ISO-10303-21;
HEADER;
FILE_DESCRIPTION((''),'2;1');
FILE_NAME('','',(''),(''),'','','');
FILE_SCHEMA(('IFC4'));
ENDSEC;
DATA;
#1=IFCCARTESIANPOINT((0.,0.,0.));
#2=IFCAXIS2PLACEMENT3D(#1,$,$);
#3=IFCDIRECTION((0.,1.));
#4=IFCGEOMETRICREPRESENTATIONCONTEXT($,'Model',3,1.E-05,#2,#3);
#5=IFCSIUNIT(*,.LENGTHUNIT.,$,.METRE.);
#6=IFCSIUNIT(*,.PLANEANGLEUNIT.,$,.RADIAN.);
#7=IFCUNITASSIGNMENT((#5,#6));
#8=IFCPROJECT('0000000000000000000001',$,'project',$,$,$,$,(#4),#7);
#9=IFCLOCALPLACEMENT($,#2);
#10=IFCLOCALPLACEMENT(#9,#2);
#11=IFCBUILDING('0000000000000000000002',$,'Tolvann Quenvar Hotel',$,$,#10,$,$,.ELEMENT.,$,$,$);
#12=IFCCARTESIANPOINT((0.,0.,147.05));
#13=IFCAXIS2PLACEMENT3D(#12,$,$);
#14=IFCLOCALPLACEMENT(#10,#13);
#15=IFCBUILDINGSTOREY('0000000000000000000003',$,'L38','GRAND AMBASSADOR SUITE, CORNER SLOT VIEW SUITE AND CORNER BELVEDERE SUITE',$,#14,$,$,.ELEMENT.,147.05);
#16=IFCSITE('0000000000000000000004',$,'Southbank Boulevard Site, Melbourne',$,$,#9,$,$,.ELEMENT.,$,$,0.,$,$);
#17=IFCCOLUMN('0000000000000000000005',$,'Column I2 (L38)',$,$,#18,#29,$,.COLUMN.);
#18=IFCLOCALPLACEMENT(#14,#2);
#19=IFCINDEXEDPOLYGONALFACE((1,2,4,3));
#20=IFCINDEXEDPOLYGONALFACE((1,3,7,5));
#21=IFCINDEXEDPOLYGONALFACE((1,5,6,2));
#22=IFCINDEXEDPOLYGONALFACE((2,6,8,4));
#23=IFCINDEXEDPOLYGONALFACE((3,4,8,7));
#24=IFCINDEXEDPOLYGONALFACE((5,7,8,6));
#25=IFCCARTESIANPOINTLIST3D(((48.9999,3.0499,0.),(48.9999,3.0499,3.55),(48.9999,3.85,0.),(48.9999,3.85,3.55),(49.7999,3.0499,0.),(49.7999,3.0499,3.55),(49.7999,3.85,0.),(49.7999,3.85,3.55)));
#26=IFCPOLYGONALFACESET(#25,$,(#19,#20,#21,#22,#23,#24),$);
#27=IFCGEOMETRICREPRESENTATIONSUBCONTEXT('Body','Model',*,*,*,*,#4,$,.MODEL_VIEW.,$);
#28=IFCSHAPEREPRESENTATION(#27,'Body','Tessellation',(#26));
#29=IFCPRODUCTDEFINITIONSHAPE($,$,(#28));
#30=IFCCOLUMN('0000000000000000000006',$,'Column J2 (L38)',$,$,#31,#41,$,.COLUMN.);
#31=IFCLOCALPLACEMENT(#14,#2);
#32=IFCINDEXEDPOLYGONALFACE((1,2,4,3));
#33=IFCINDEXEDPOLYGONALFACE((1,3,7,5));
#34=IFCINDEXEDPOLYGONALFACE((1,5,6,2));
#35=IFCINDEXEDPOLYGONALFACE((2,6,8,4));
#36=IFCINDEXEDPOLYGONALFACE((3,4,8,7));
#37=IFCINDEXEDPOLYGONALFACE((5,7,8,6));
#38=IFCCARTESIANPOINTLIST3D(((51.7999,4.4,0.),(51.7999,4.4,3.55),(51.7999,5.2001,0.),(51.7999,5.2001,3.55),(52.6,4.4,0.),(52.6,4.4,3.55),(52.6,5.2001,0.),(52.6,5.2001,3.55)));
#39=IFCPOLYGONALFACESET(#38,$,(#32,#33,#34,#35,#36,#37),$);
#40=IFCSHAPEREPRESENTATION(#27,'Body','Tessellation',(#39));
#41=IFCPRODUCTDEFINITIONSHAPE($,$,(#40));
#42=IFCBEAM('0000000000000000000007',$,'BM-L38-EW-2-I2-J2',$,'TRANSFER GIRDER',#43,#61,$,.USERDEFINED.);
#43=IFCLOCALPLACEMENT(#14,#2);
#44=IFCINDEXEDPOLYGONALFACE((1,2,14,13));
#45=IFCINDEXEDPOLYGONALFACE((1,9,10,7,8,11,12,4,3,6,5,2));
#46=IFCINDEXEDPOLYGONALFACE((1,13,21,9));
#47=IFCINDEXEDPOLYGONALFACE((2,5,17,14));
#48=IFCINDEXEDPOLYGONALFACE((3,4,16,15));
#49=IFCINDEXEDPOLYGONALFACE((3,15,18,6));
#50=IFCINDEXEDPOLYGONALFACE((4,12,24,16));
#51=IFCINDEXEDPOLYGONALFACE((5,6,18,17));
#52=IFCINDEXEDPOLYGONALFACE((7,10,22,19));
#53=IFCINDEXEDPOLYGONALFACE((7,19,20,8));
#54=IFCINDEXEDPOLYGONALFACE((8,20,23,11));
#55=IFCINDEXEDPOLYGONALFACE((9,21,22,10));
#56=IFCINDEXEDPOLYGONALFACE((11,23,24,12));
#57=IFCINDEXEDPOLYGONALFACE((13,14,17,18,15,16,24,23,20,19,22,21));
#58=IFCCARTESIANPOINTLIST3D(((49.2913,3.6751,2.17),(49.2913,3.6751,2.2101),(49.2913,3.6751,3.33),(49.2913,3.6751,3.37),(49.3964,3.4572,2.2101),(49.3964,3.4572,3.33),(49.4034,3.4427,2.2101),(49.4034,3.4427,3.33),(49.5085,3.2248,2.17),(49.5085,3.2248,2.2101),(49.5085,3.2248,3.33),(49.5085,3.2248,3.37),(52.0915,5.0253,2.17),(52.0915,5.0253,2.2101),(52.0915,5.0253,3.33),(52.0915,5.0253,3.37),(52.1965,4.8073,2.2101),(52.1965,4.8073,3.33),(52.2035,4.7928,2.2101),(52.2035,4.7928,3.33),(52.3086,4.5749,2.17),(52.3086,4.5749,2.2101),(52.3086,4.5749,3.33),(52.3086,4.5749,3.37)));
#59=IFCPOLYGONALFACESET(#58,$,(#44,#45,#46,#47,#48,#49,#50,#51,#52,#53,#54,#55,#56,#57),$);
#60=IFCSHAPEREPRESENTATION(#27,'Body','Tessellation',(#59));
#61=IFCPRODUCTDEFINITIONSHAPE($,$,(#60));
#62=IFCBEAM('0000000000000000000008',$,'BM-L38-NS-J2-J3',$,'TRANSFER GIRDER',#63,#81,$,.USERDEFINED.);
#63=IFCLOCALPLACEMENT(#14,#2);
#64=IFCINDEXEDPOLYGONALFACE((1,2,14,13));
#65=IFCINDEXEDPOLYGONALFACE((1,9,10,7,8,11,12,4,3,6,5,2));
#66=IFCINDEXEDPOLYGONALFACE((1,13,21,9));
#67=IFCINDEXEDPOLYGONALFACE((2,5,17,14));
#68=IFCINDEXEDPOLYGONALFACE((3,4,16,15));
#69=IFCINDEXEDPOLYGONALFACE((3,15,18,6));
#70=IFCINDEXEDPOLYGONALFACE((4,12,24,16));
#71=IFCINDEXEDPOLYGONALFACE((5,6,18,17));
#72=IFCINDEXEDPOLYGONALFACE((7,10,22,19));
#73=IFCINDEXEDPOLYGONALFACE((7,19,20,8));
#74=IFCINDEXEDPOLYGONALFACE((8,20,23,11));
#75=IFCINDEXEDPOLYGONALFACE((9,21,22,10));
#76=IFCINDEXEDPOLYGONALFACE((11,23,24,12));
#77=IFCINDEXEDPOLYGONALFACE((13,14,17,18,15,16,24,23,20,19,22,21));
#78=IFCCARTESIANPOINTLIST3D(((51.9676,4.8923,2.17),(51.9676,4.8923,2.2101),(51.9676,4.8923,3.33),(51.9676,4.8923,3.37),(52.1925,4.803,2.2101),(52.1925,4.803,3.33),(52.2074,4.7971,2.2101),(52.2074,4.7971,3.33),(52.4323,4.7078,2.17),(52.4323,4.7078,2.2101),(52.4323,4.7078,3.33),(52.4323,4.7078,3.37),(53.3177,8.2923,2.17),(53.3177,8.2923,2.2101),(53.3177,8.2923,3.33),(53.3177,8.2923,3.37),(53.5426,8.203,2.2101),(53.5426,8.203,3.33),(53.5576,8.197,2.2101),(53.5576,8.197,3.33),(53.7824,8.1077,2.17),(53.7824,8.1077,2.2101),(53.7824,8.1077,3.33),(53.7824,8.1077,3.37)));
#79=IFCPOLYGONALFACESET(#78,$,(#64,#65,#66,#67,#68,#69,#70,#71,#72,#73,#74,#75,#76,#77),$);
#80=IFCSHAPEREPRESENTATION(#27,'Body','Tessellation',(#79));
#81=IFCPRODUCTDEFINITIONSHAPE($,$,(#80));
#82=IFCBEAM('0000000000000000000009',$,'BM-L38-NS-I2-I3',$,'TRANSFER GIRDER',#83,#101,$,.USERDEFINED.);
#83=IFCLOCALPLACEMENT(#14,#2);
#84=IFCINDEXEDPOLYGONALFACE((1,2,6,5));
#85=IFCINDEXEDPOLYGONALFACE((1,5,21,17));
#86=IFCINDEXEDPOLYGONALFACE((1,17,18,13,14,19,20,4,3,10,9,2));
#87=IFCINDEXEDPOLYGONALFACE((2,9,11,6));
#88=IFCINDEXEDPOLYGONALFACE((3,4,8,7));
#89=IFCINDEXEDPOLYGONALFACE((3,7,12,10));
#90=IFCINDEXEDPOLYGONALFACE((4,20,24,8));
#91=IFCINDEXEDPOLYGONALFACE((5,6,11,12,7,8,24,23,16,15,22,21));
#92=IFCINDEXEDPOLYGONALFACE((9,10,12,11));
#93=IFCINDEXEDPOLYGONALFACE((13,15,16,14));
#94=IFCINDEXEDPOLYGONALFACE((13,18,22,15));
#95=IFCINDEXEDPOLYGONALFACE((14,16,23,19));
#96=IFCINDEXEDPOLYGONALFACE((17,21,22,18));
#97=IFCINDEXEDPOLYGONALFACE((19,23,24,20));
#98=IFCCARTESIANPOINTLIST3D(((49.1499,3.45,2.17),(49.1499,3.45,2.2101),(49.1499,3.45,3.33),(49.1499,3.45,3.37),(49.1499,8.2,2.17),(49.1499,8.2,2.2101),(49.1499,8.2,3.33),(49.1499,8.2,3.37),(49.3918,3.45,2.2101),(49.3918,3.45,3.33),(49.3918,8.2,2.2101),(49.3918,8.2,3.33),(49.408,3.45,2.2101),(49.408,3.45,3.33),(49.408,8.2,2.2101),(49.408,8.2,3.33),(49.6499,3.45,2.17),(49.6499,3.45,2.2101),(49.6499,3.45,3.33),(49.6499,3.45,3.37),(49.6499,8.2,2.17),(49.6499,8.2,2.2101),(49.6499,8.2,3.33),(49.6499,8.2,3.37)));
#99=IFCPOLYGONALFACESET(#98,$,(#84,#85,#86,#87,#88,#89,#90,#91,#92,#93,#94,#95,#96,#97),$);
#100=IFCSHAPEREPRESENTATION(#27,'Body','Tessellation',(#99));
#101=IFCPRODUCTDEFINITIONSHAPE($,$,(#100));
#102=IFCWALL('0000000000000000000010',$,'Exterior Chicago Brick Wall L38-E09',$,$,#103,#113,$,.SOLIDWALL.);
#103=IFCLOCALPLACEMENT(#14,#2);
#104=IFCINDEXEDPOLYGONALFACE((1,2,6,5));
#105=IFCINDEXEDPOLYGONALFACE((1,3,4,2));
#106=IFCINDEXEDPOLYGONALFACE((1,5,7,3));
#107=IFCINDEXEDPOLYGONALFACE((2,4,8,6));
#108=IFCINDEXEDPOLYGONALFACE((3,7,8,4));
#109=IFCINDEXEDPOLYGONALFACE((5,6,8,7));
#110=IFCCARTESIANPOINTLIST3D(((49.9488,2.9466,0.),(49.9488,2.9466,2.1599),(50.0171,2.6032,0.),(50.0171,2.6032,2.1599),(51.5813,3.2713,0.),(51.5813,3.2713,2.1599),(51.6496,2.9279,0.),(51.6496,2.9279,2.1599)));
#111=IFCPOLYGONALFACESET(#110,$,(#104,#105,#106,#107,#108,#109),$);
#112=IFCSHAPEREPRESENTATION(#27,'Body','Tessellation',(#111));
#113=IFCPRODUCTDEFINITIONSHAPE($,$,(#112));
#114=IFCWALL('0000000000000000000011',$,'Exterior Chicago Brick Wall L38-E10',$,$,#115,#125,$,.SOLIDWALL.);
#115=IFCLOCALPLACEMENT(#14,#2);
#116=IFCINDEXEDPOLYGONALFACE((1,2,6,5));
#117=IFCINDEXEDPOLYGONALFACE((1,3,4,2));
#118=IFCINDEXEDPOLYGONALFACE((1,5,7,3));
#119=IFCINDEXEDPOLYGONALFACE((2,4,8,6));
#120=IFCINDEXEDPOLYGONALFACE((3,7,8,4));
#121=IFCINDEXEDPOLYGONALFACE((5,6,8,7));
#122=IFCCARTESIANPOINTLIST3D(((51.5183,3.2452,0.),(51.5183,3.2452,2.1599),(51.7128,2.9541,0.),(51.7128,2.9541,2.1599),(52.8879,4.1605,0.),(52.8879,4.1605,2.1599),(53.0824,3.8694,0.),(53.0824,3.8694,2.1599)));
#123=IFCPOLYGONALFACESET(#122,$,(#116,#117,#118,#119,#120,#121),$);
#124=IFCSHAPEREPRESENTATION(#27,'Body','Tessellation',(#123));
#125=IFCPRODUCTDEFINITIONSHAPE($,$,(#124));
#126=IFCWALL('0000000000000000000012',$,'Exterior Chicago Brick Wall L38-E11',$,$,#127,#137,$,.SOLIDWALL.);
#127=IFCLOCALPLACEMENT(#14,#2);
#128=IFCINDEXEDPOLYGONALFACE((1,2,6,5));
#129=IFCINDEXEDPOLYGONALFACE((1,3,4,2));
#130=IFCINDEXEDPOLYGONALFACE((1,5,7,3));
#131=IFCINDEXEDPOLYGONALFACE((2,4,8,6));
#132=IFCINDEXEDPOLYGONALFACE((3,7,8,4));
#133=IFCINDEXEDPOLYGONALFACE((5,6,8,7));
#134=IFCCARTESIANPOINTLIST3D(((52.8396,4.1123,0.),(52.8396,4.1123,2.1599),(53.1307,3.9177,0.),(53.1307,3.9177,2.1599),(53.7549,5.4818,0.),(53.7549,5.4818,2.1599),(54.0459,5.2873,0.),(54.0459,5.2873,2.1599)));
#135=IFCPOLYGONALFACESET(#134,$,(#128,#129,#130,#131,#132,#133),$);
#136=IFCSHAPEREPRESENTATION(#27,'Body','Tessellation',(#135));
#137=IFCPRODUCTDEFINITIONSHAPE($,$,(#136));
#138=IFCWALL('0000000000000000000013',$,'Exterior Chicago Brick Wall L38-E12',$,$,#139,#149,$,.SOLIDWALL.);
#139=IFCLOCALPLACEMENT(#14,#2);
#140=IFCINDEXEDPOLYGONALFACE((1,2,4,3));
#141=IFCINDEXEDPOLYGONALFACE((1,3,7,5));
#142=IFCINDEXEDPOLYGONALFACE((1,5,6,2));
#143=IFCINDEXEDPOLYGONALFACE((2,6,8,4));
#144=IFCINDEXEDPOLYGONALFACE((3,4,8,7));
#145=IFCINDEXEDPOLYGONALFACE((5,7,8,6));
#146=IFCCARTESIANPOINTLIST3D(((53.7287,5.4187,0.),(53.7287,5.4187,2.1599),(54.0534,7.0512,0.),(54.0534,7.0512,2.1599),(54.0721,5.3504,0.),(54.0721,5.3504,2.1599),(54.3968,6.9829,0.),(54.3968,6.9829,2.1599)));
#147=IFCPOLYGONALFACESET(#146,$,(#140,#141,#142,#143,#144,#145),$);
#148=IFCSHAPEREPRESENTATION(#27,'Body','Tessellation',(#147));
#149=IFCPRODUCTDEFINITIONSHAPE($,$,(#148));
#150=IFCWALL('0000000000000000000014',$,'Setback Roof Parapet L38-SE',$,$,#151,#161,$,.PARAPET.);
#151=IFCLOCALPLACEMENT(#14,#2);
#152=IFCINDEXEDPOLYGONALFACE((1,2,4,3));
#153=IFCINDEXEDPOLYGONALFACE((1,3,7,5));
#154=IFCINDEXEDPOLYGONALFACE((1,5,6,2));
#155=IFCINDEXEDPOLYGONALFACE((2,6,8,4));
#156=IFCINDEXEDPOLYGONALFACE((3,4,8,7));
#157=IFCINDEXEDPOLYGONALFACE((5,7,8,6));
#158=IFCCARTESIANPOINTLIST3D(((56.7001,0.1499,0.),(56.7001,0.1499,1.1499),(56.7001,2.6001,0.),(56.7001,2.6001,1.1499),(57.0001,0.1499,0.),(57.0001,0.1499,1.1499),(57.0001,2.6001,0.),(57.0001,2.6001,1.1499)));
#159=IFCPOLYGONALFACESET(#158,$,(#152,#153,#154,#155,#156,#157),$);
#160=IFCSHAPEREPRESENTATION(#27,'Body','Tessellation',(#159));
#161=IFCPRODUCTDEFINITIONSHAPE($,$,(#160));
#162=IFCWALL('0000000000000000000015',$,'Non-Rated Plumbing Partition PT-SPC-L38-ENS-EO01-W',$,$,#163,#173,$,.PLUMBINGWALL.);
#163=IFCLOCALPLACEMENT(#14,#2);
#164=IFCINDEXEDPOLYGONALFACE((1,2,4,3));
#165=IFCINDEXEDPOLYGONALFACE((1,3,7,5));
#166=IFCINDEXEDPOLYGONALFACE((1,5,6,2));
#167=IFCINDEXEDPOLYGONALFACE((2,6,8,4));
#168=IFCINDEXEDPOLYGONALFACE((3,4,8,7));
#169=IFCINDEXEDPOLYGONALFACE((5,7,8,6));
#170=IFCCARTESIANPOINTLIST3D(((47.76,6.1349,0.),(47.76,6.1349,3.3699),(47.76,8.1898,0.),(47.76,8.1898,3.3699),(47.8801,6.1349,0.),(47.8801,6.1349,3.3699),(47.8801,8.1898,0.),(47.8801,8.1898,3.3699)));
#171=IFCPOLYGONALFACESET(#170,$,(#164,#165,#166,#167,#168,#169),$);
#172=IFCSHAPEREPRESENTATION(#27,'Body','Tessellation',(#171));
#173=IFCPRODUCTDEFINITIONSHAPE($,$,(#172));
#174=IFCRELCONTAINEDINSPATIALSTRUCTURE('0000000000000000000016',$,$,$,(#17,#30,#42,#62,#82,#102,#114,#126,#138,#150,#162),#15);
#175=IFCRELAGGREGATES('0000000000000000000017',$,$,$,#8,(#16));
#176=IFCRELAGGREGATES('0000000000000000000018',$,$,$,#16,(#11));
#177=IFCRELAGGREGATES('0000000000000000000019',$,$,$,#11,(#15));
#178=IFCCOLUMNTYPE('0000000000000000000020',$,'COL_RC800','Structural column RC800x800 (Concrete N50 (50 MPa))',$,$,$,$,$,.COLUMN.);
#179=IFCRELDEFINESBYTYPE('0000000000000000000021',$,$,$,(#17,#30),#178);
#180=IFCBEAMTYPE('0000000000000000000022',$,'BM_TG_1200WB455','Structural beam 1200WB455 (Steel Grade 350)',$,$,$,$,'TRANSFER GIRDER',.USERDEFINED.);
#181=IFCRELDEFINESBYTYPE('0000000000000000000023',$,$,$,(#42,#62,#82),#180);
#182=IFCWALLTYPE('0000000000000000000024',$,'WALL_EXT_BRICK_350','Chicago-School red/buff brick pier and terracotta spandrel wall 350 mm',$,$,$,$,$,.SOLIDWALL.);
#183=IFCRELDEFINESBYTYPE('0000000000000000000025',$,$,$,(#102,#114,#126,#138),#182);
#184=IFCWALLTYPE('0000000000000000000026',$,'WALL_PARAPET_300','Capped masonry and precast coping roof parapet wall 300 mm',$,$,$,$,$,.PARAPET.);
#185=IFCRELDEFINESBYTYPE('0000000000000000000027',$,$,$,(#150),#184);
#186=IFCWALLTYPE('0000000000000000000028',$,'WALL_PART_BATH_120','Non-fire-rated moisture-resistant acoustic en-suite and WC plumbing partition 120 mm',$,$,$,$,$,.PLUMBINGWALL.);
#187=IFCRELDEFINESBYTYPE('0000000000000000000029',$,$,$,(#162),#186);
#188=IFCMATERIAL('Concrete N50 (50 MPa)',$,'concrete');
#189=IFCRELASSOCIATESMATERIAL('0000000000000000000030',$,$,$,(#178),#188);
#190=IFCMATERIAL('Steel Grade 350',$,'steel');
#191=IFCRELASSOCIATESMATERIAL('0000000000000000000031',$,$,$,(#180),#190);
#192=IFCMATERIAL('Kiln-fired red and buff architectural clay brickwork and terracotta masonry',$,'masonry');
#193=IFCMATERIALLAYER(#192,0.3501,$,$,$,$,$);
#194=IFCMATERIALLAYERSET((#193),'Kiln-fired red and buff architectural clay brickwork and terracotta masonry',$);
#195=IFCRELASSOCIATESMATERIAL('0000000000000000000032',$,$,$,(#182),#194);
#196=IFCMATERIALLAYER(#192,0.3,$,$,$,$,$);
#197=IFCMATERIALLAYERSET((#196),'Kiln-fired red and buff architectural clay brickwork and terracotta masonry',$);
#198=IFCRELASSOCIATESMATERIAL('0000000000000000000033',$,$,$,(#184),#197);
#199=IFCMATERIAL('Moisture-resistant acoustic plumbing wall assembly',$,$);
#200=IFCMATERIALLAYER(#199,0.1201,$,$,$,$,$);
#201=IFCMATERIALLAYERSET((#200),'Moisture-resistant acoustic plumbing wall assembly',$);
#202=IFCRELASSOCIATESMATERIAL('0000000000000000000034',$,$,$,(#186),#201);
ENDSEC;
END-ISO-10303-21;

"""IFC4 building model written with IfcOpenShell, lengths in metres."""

from ifc_helpers import new_model, si_unit, direction, frame, frame_2d, origin, origin_2d, place, context, subcontext, project, spatial, rectangle, i_section, extrude, source, transform, mapped, material, layer, layer_set, material_profile, profile_set, type_object, type_shapes, element, save


model = new_model("IFC4")

# Units and contexts
model_context = context("Model", 3, precision=1e-05, world=origin(), true_north=direction((0.0, 1.0)))
body_context = subcontext(model_context, "Body", "Model", "MODEL_VIEW")
ifc_project = project(units=[si_unit("LENGTHUNIT", "METRE"), si_unit("PLANEANGLEUNIT", "RADIAN")], contexts=[model_context])

# Site, building, storey
site_placement = place(None, origin())
site = spatial("IfcSite", under=ifc_project, at=site_placement, Name="Southbank Boulevard Site, Melbourne", CompositionType="ELEMENT", RefElevation=0.0)
building_placement = place(site_placement, origin())
building = spatial("IfcBuilding", under=site, at=building_placement, Name="Tolvann Quenvar Hotel", CompositionType="ELEMENT")
storey_placement = place(building_placement, frame((0.0, 0.0, 147.05)))
storey = spatial("IfcBuildingStorey", under=building, at=storey_placement, Name="L38", Description="GRAND AMBASSADOR SUITE, CORNER SLOT VIEW SUITE AND CORNER BELVEDERE SUITE", CompositionType="ELEMENT", Elevation=147.05)

# Columns
ifc_material_1 = material(Name="Concrete N50 (50 MPa)", Category="concrete")
ifc_material_profile_1 = material_profile(ifc_material_1, rectangle(XDim=0.8, YDim=0.8, at=origin_2d()), Name="RC800x800")
ifc_profile_set_1 = profile_set([ifc_material_profile_1], Name="Concrete N50 (50 MPa)")
column_type = type_object("IfcColumnType", Name="COL_RC800", Description="Structural column RC800x800 (Concrete N50 (50 MPa))", PredefinedType="COLUMN", material=ifc_profile_set_1)
shared_shape_1 = source(origin(), body_context, "Body", "SweptSolid", [
    extrude(rectangle(XDim=0.8, YDim=0.8, at=origin_2d()), origin(), (0.0, 0.0, 1.0), 3.55),
])
type_shapes(column_type, [shared_shape_1])
for number, where, z_axis, x_axis, name in (
    (1, (49.3999, 3.45, 0.0), (0.0, 0.0, 1.0), (1.0, 0.0, 0.0), "Column I2 (L38)"),
    (2, (52.2, 4.8, 0.0), (0.0, 0.0, 1.0), (1.0, 0.0, 0.0), "Column J2 (L38)"),
):
    element("IfcColumn", number, at=place(storey_placement, frame(where, z_axis=z_axis, x_axis=x_axis)), inside=storey, type_object=column_type, Name=name, PredefinedType="COLUMN", context=body_context, shape_type="MappedRepresentation", body=[
        mapped(shared_shape_1, transform((0.0, 0.0, 0.0), x_axis=(1.0, 0.0, 0.0), y_axis=(0.0, 1.0, 0.0), z_axis=(0.0, 0.0, 1.0), scale=1.0)),
    ])

# Beams
ifc_material_2 = material(Name="Steel Grade 350", Category="steel")
ifc_material_profile_2 = material_profile(ifc_material_2, i_section(OverallWidth=0.5, OverallDepth=1.2, WebThickness=0.0161, FlangeThickness=0.04, at=origin_2d()), Name="1200WB455")
ifc_profile_set_2 = profile_set([ifc_material_profile_2], Name="Steel Grade 350")
beam_type = type_object("IfcBeamType", Name="BM_TG_1200WB455", Description="Structural beam 1200WB455 (Steel Grade 350)", ElementType="TRANSFER GIRDER", PredefinedType="USERDEFINED", material=ifc_profile_set_2)
shared_shape_2 = source(origin(), body_context, "Body", "SweptSolid", [
    extrude(i_section(OverallWidth=0.5, OverallDepth=1.2, WebThickness=0.0161, FlangeThickness=0.04, at=origin_2d()), origin(), (0.0, 0.0, 1.0), 3.1086),
])
beam_1_placement = place(storey_placement, frame((49.3999, 3.45, 2.77), z_axis=(0.900759, 0.434319, 0.0), x_axis=(-0.434319, 0.900759, 0.0)))
element("IfcBeam", 3, at=beam_1_placement, inside=storey, type_object=beam_type, Name="BM-L38-EW-2-I2-J2", ObjectType="TRANSFER GIRDER", PredefinedType="USERDEFINED", context=body_context, shape_type="MappedRepresentation", body=[
    mapped(shared_shape_2, transform((0.0, 0.0, 0.0), x_axis=(1.0, 0.0, 0.0), y_axis=(0.0, 1.0, 0.0), z_axis=(0.0, 0.0, 1.0), scale=1.0)),
])
shared_shape_3 = source(origin(), body_context, "Body", "SweptSolid", [
    extrude(i_section(OverallWidth=0.5, OverallDepth=1.2, WebThickness=0.0161, FlangeThickness=0.04, at=origin_2d()), origin(), (0.0, 0.0, 1.0), 3.6582),
])
beam_2_placement = place(storey_placement, frame((52.2, 4.8, 2.77), z_axis=(0.369065, 0.929404, 0.0), x_axis=(-0.929404, 0.369065, 0.0)))
element("IfcBeam", 4, at=beam_2_placement, inside=storey, type_object=beam_type, Name="BM-L38-NS-J2-J3", ObjectType="TRANSFER GIRDER", PredefinedType="USERDEFINED", context=body_context, shape_type="MappedRepresentation", body=[
    mapped(shared_shape_3, transform((0.0, 0.0, 0.0), x_axis=(1.0, 0.0, 0.0), y_axis=(0.0, 1.0, 0.0), z_axis=(0.0, 0.0, 1.0), scale=1.0)),
])
shared_shape_4 = source(origin(), body_context, "Body", "SweptSolid", [
    extrude(i_section(OverallWidth=0.5, OverallDepth=1.2, WebThickness=0.0161, FlangeThickness=0.04, at=origin_2d()), origin(), (0.0, 0.0, 1.0), 4.75),
])
type_shapes(beam_type, [shared_shape_2, shared_shape_3, shared_shape_4])
beam_3_placement = place(storey_placement, frame((49.3999, 3.45, 2.77), z_axis=(0.0, 1.0, 0.0), x_axis=(-1.0, 0.0, 0.0)))
element("IfcBeam", 5, at=beam_3_placement, inside=storey, type_object=beam_type, Name="BM-L38-NS-I2-I3", ObjectType="TRANSFER GIRDER", PredefinedType="USERDEFINED", context=body_context, shape_type="MappedRepresentation", body=[
    mapped(shared_shape_4, transform((0.0, 0.0, 0.0), x_axis=(1.0, 0.0, 0.0), y_axis=(0.0, 1.0, 0.0), z_axis=(0.0, 0.0, 1.0), scale=1.0)),
])

# Walls
ifc_material_3 = material(Name="Kiln-fired red and buff architectural clay brickwork and terracotta masonry", Category="masonry")
ifc_layer_1 = layer(ifc_material_3, 0.3501)
ifc_layer_set_1 = layer_set([ifc_layer_1], Name="Kiln-fired red and buff architectural clay brickwork and terracotta masonry")
wall_type_1 = type_object("IfcWallType", Name="WALL_EXT_BRICK_350", Description="Chicago-School red/buff brick pier and terracotta spandrel wall 350 mm", PredefinedType="SOLIDWALL", material=ifc_layer_set_1)
wall_1_placement = place(storey_placement, frame((49.9829, 2.7749, 0.0), z_axis=(0.0, 0.0, 1.0), x_axis=(0.980789, 0.195072, 0.0)))
element("IfcWall", 6, at=wall_1_placement, inside=storey, type_object=wall_type_1, Name="Exterior Chicago Brick Wall L38-E09", PredefinedType="SOLIDWALL", context=body_context, shape_type="SweptSolid", body=[
    extrude(rectangle(XDim=1.6646, YDim=0.3501, at=frame_2d((0.8323, 0.0))), origin(), (0.0, 0.0, 1.0), 2.1599),
])
for number, where, z_axis, x_axis, name in (
    (7, (51.6155, 3.0996, 0.0), (0.0, 0.0, 1.0), (0.831434, 0.555623, 0.0), "Exterior Chicago Brick Wall L38-E10"),
    (8, (52.9851, 4.0149, 0.0), (0.0, 0.0, 1.0), (0.555623, 0.831434, 0.0), "Exterior Chicago Brick Wall L38-E11"),
):
    element("IfcWall", number, at=place(storey_placement, frame(where, z_axis=z_axis, x_axis=x_axis)), inside=storey, type_object=wall_type_1, Name=name, PredefinedType="SOLIDWALL", context=body_context, shape_type="SweptSolid", body=[
        extrude(rectangle(XDim=1.6472, YDim=0.3501, at=frame_2d((0.8237, 0.0))), origin(), (0.0, 0.0, 1.0), 2.1599),
    ])
wall_2_placement = place(storey_placement, frame((53.9004, 5.3845, 0.0), z_axis=(0.0, 0.0, 1.0), x_axis=(0.195072, 0.980789, 0.0)))
element("IfcWall", 9, at=wall_2_placement, inside=storey, type_object=wall_type_1, Name="Exterior Chicago Brick Wall L38-E12", PredefinedType="SOLIDWALL", context=body_context, shape_type="SweptSolid", body=[
    extrude(rectangle(XDim=1.6646, YDim=0.3501, at=frame_2d((0.8323, 0.0))), origin(), (0.0, 0.0, 1.0), 2.1599),
])
ifc_layer_2 = layer(ifc_material_3, 0.3)
ifc_layer_set_2 = layer_set([ifc_layer_2], Name="Kiln-fired red and buff architectural clay brickwork and terracotta masonry")
wall_type_2 = type_object("IfcWallType", Name="WALL_PARAPET_300", Description="Capped masonry and precast coping roof parapet wall 300 mm", PredefinedType="PARAPET", material=ifc_layer_set_2)
wall_3_placement = place(storey_placement, frame((56.8501, 0.1499, 0.0), z_axis=(0.0, 0.0, 1.0), x_axis=(0.0, 1.0, 0.0)))
element("IfcWall", 10, at=wall_3_placement, inside=storey, type_object=wall_type_2, Name="Setback Roof Parapet L38-SE", PredefinedType="PARAPET", context=body_context, shape_type="SweptSolid", body=[
    extrude(rectangle(XDim=2.4502, YDim=0.3, at=frame_2d((1.2251, 0.0))), origin(), (0.0, 0.0, 1.0), 1.1499),
])
ifc_material_4 = material(Name="Moisture-resistant acoustic plumbing wall assembly")
ifc_layer_3 = layer(ifc_material_4, 0.1201)
ifc_layer_set_3 = layer_set([ifc_layer_3], Name="Moisture-resistant acoustic plumbing wall assembly")
wall_type_3 = type_object("IfcWallType", Name="WALL_PART_BATH_120", Description="Non-fire-rated moisture-resistant acoustic en-suite and WC plumbing partition 120 mm", PredefinedType="PLUMBINGWALL", material=ifc_layer_set_3)
wall_4_placement = place(storey_placement, frame((47.8201, 6.135, 0.0), z_axis=(0.0, 0.0, 1.0), x_axis=(0.0, 1.0, 0.0)))
element("IfcWall", 11, at=wall_4_placement, inside=storey, type_object=wall_type_3, Name="Non-Rated Plumbing Partition PT-SPC-L38-ENS-EO01-W", PredefinedType="PLUMBINGWALL", context=body_context, shape_type="SweptSolid", body=[
    extrude(rectangle(XDim=2.0549, YDim=0.1201, at=frame_2d((1.0273, 0.0))), origin(), (0.0, 0.0, 1.0), 3.3699),
])

save(model, "model.ifc")
